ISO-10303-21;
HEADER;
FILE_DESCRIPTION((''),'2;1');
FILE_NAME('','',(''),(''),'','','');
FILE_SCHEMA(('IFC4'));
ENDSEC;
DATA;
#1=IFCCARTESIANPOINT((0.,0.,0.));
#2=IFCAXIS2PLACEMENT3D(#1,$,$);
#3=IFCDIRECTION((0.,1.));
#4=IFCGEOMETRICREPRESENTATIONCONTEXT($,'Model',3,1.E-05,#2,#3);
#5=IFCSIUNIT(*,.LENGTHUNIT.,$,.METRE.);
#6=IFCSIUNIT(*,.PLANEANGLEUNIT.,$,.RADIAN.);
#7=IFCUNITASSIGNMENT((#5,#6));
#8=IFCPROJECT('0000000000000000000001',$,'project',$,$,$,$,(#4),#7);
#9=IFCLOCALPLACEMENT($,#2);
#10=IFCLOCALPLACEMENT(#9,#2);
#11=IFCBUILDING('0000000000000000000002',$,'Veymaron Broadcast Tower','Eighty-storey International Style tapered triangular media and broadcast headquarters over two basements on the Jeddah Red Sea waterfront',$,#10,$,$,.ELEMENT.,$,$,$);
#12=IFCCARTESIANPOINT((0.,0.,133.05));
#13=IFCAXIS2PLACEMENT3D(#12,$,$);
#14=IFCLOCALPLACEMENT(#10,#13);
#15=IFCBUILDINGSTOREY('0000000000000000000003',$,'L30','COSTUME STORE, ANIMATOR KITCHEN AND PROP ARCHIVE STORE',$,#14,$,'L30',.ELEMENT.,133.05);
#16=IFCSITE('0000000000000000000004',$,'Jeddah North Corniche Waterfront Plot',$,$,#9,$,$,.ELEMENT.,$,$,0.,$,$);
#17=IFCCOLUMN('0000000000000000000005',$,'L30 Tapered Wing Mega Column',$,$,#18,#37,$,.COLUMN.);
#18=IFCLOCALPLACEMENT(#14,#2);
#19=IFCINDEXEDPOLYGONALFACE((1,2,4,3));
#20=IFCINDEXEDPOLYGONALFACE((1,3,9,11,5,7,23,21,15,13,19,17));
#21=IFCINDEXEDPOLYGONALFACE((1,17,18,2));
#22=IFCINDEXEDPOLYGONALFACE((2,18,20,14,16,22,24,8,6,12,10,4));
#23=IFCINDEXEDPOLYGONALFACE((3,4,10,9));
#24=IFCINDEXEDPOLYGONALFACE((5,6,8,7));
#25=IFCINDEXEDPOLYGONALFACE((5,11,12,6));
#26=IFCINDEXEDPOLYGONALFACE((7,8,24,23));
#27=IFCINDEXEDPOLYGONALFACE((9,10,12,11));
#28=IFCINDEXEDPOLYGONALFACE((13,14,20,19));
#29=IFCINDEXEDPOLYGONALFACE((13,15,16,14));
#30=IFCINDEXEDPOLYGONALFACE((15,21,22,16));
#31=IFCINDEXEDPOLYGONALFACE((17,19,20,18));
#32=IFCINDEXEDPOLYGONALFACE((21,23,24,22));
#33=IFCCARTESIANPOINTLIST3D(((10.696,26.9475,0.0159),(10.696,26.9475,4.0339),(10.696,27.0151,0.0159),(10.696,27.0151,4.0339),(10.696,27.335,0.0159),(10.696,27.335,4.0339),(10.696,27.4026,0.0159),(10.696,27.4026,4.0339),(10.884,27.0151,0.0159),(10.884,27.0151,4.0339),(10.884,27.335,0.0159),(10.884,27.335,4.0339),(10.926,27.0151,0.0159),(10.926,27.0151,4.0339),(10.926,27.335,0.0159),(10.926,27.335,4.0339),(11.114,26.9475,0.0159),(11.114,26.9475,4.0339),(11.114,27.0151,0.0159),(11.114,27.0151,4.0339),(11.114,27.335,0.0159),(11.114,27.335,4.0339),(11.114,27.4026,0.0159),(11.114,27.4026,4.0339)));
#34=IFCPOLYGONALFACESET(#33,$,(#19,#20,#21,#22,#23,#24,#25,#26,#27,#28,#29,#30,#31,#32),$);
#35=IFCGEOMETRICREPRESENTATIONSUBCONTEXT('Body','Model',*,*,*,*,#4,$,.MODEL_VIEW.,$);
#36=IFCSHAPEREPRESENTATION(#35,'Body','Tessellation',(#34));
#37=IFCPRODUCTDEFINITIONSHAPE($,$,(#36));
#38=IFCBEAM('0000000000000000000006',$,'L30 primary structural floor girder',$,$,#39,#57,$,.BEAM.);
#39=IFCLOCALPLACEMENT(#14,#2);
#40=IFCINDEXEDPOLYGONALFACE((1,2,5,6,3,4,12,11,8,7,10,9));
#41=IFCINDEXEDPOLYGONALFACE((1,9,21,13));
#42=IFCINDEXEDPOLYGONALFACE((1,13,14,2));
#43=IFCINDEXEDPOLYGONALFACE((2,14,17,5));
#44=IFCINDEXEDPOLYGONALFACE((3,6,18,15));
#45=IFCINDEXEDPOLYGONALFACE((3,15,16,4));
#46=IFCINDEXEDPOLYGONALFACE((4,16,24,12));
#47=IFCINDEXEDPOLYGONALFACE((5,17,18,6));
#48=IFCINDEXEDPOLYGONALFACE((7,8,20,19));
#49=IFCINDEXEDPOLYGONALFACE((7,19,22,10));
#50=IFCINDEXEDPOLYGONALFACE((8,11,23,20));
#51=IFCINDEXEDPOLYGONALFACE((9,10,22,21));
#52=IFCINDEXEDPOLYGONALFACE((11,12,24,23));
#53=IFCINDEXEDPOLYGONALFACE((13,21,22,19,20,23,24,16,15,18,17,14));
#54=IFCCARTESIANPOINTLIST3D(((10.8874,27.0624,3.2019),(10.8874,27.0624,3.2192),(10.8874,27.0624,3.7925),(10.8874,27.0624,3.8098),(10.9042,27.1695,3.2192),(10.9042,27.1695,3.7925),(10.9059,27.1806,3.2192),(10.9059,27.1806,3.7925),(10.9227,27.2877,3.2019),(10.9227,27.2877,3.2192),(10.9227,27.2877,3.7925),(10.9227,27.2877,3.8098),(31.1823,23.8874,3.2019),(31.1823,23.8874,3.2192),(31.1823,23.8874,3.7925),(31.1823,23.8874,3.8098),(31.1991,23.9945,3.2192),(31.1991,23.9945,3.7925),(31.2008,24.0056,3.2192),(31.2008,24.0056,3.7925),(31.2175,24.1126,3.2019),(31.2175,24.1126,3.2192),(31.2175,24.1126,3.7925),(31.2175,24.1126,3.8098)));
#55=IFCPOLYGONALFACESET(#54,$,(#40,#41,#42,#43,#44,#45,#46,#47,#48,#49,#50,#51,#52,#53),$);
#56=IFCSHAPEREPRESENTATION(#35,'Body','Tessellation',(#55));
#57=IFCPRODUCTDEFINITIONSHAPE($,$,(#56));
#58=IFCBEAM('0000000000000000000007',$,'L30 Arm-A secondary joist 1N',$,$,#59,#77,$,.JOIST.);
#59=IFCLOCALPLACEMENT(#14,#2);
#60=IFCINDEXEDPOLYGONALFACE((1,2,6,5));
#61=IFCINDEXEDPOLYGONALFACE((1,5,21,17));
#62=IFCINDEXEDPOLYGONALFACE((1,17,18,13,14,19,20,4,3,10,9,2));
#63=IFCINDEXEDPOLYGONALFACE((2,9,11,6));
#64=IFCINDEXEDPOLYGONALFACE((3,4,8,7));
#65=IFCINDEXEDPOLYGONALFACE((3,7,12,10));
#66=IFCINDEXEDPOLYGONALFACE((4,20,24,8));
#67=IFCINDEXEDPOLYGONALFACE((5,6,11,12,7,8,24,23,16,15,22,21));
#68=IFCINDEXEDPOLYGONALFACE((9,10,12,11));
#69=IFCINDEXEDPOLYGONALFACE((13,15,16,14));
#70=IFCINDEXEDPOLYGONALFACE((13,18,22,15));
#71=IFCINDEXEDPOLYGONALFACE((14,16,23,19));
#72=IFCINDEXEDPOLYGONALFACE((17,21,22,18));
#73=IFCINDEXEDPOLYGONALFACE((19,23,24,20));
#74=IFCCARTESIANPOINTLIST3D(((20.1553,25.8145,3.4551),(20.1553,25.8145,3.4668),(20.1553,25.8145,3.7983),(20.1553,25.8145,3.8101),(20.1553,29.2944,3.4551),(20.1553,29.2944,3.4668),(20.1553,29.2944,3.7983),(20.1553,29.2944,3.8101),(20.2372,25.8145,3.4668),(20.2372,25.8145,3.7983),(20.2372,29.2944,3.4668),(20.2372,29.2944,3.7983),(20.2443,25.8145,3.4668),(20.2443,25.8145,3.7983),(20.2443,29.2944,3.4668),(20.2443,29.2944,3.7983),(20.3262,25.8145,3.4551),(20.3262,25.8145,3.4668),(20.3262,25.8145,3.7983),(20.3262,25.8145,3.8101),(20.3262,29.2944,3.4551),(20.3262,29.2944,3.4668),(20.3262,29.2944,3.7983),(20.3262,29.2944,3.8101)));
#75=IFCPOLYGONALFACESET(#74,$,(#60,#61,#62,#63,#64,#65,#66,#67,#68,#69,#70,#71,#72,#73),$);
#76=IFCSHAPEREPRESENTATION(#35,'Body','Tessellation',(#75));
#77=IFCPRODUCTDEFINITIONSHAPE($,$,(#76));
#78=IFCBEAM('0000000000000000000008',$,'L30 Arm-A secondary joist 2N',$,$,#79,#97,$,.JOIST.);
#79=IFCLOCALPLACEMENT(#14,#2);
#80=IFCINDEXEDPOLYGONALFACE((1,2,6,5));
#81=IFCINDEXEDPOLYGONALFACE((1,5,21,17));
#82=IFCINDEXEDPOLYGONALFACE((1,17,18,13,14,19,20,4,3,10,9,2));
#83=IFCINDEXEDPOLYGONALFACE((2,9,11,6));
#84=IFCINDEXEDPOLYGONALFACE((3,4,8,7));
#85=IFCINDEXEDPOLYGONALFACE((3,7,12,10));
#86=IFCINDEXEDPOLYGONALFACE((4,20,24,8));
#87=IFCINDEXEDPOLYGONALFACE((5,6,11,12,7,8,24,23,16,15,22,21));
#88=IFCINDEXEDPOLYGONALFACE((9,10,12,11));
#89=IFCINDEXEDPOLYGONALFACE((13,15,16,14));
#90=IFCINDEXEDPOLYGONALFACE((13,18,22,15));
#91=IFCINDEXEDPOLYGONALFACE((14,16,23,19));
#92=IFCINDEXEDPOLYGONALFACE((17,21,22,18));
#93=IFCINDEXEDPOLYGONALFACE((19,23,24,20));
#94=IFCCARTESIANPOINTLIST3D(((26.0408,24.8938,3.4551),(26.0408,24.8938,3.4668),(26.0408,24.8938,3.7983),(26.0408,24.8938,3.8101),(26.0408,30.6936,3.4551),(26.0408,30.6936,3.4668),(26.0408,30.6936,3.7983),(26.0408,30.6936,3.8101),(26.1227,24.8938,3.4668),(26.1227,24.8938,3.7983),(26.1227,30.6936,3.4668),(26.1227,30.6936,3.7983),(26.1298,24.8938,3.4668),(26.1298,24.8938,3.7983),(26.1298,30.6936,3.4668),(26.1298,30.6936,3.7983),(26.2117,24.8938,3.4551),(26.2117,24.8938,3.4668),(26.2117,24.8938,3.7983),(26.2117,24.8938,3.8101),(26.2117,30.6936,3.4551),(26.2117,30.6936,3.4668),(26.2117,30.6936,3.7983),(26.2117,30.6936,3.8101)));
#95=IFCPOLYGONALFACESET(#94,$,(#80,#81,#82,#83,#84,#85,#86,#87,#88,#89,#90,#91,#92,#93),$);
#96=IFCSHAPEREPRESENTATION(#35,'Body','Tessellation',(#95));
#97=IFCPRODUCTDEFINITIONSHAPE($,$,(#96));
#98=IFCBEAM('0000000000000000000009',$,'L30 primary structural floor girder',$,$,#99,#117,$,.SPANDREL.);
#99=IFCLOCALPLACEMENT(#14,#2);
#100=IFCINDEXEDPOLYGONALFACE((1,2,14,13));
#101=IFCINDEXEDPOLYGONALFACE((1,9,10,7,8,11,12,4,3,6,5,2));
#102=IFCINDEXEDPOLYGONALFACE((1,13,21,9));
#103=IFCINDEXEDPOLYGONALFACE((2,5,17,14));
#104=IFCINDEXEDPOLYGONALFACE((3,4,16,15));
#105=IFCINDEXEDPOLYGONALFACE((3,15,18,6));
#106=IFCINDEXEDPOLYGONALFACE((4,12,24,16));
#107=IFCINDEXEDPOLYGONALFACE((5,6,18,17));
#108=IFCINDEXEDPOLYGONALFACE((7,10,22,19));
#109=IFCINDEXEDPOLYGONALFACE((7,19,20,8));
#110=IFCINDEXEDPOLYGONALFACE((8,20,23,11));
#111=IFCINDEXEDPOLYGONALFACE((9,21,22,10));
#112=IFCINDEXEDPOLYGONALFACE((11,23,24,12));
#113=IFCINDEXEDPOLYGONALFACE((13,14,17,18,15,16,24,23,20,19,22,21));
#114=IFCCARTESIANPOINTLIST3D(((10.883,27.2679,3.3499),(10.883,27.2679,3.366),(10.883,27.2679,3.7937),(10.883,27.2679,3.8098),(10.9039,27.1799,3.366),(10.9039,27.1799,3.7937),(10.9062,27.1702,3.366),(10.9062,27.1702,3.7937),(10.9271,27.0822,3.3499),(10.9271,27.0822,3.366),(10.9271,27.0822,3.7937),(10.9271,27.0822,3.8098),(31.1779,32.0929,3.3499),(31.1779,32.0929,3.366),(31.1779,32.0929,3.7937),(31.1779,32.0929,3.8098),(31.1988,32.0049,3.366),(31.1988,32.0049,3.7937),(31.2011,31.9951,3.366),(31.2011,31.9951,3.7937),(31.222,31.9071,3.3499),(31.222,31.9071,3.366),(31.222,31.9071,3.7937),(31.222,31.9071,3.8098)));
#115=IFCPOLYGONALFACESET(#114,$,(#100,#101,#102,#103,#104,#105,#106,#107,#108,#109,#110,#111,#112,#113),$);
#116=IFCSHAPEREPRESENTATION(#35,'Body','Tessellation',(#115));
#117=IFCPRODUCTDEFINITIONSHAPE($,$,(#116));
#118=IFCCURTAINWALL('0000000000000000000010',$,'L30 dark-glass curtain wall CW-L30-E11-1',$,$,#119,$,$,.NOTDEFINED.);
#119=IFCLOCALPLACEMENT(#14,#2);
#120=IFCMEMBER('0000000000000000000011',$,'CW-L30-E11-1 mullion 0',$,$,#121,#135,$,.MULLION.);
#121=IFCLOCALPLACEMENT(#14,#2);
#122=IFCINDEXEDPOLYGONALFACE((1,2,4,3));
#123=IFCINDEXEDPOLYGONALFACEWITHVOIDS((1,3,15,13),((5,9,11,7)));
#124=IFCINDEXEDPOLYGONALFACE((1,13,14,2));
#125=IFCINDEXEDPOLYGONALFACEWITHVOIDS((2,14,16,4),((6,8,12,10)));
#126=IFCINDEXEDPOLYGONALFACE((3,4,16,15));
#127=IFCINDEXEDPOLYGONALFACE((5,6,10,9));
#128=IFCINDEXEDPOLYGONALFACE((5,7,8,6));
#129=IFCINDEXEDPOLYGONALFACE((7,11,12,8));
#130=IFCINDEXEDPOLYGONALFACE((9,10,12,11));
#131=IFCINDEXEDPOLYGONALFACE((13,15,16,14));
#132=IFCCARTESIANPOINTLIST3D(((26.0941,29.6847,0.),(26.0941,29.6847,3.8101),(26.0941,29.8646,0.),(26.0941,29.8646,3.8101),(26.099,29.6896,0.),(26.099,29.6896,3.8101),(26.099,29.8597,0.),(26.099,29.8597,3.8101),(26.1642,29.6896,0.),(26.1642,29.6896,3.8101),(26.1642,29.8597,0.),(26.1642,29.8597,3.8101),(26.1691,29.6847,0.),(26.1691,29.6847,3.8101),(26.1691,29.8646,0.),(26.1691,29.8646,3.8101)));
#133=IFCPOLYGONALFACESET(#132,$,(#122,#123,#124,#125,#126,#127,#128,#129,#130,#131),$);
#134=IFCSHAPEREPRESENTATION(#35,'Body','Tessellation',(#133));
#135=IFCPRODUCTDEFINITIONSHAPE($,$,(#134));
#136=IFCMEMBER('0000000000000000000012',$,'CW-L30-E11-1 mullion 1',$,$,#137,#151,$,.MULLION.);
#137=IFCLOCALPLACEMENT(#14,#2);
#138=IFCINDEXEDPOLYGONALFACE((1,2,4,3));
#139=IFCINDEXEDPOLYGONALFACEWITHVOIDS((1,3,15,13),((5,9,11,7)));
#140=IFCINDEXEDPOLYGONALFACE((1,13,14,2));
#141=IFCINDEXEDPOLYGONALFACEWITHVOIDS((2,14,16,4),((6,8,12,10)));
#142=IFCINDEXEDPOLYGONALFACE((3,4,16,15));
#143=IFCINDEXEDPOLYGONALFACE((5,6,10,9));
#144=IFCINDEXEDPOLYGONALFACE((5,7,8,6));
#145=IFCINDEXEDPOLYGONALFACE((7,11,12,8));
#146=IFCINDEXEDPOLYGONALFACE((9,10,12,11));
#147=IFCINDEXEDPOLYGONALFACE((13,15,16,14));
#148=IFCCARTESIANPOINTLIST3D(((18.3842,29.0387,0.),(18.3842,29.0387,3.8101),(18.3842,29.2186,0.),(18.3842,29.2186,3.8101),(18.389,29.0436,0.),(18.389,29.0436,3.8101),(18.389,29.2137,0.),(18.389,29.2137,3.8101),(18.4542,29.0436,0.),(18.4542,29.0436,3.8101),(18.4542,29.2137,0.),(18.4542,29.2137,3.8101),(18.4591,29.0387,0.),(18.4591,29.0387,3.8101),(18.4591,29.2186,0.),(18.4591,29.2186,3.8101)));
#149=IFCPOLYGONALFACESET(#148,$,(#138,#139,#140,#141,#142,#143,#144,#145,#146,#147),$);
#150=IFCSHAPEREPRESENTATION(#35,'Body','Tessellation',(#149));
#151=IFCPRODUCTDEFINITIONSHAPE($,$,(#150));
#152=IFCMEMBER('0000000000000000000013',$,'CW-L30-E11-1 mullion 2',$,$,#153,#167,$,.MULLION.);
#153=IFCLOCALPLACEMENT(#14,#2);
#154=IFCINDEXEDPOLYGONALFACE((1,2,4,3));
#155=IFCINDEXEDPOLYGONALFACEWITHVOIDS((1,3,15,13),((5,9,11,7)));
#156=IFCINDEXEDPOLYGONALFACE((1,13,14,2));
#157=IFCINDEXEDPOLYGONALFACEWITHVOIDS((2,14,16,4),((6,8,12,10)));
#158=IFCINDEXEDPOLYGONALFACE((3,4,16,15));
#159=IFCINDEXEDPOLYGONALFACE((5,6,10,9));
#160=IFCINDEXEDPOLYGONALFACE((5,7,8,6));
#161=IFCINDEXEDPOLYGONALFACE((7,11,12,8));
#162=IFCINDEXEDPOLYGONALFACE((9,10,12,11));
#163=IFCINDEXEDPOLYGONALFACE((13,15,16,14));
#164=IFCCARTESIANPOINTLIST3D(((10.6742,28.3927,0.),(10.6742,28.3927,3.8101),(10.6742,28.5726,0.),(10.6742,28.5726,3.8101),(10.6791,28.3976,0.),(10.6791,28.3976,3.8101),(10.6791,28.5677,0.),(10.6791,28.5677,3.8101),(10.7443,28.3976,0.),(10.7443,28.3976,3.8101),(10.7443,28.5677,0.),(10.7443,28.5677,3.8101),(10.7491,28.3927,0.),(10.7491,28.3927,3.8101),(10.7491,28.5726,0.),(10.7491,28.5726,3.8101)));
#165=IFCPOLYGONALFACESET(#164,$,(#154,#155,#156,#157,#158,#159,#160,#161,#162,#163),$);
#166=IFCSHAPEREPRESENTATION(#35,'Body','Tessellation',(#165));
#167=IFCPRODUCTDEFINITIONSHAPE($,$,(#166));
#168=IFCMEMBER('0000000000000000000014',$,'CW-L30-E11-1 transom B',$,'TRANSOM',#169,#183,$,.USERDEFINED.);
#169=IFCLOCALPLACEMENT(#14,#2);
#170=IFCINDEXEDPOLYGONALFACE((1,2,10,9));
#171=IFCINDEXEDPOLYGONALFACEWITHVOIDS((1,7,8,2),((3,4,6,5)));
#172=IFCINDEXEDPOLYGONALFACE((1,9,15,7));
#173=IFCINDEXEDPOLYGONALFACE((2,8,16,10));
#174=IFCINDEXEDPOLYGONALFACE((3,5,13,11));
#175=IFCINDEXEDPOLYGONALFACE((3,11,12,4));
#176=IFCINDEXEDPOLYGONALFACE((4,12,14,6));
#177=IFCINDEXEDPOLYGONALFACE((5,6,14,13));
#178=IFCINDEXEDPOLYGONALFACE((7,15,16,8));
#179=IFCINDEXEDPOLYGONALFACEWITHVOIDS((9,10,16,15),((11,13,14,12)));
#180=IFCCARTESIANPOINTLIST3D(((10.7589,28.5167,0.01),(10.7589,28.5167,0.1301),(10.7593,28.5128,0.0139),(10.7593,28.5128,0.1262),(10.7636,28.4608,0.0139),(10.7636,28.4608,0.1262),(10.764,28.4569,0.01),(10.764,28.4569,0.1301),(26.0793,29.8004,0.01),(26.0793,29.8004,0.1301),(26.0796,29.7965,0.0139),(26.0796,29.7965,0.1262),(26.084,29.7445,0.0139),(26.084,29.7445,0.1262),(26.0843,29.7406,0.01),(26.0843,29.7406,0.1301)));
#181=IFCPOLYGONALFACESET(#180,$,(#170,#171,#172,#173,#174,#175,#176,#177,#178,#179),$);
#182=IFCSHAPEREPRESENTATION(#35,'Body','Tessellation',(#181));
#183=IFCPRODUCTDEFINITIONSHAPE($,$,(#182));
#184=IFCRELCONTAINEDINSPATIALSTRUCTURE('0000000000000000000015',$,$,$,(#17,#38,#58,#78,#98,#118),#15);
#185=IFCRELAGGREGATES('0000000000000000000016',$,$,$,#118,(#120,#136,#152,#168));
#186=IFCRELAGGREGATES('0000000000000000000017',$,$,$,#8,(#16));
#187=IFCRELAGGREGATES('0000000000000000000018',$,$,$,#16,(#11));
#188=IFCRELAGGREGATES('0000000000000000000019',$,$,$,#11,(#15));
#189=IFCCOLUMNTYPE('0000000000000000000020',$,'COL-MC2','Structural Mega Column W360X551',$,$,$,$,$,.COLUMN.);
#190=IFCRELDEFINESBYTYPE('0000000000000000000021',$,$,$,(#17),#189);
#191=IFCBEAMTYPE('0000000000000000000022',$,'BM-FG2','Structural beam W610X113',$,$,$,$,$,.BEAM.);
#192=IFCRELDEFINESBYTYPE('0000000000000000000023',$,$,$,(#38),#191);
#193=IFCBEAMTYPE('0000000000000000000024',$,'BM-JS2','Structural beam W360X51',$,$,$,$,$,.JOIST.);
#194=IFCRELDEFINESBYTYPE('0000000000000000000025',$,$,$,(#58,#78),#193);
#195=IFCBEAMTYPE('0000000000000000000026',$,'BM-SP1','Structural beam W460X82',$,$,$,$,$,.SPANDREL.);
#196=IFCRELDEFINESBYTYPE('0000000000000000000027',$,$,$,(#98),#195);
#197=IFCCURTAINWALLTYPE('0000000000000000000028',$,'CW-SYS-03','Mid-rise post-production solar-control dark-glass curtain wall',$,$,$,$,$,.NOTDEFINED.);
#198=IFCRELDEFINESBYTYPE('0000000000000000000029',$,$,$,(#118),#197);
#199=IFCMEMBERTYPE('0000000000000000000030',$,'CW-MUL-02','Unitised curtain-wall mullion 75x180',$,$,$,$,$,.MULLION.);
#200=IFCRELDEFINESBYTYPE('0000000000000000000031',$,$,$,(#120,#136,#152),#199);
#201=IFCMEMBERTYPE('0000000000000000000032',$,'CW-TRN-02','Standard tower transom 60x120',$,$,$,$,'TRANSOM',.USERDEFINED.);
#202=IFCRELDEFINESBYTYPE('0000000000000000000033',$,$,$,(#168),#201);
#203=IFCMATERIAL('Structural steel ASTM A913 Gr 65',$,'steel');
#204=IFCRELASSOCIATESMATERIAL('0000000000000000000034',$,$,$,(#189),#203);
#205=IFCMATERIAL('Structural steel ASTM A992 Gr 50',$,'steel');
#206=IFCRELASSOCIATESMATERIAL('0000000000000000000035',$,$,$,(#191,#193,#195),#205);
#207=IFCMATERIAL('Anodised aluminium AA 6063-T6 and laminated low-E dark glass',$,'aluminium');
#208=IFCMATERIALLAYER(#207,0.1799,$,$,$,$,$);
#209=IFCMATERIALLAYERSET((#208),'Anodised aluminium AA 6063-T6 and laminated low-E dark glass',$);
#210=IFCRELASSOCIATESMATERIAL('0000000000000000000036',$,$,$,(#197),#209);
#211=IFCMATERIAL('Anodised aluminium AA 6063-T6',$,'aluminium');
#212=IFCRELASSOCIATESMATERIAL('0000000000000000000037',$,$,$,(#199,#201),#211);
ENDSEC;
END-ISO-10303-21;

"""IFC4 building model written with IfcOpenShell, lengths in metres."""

from ifc_helpers import new_model, si_unit, direction, frame, origin, origin_2d, place, context, subcontext, project, spatial, hollow_rectangle, i_section, extrude, material, layer, layer_set, material_profile, profile_set, type_object, element, aggregate, save


model = new_model("IFC4")

# Units and contexts
model_context = context("Model", 3, precision=1e-05, world=origin(), true_north=direction((0.0, 1.0)))
body_context = subcontext(model_context, "Body", "Model", "MODEL_VIEW")
ifc_project = project(units=[si_unit("LENGTHUNIT", "METRE"), si_unit("PLANEANGLEUNIT", "RADIAN")], contexts=[model_context])

# Site, building, storey
site_placement = place(None, origin())
site = spatial("IfcSite", under=ifc_project, at=site_placement, Name="Jeddah North Corniche Waterfront Plot", CompositionType="ELEMENT", RefElevation=0.0)
building_placement = place(site_placement, origin())
building = spatial("IfcBuilding", under=site, at=building_placement, Name="Veymaron Broadcast Tower", Description="Eighty-storey International Style tapered triangular media and broadcast headquarters over two basements on the Jeddah Red Sea waterfront", CompositionType="ELEMENT")
storey_placement = place(building_placement, frame((0.0, 0.0, 133.05)))
storey = spatial("IfcBuildingStorey", under=building, at=storey_placement, Name="L30", Description="COSTUME STORE, ANIMATOR KITCHEN AND PROP ARCHIVE STORE", LongName="L30", CompositionType="ELEMENT", Elevation=133.05)

# Column
ifc_material_1 = material(Name="Structural steel ASTM A913 Gr 65", Category="steel")
ifc_material_profile_1 = material_profile(ifc_material_1, i_section(OverallWidth=0.418, OverallDepth=0.4551, WebThickness=0.042, FlangeThickness=0.0676, at=origin_2d()), Name="W360X551")
ifc_profile_set_1 = profile_set([ifc_material_profile_1], Name="Structural steel ASTM A913 Gr 65")
column_type = type_object("IfcColumnType", Name="COL-MC2", Description="Structural Mega Column W360X551", PredefinedType="COLUMN", material=ifc_profile_set_1)
column_placement = place(storey_placement, frame((10.905, 27.175, 0.0159), z_axis=(0.0, 0.0, 1.0), x_axis=(1.0, 0.0, 0.0)))
element("IfcColumn", 1, at=column_placement, inside=storey, type_object=column_type, Name="L30 Tapered Wing Mega Column", PredefinedType="COLUMN", context=body_context, shape_type="SweptSolid", body=[
    extrude(i_section(OverallWidth=0.418, OverallDepth=0.4551, WebThickness=0.042, FlangeThickness=0.0676, at=origin_2d()), origin(), (0.0, 0.0, 1.0), 4.0181),
])

# Beams
ifc_material_2 = material(Name="Structural steel ASTM A992 Gr 50", Category="steel")
ifc_material_profile_2 = material_profile(ifc_material_2, i_section(OverallWidth=0.228, OverallDepth=0.6079, WebThickness=0.0112, FlangeThickness=0.0173, at=origin_2d()), Name="W610X113")
ifc_profile_set_2 = profile_set([ifc_material_profile_2], Name="Structural steel ASTM A992 Gr 50")
beam_type_1 = type_object("IfcBeamType", Name="BM-FG2", Description="Structural beam W610X113", PredefinedType="BEAM", material=ifc_profile_set_2)
beam_1_placement = place(storey_placement, frame((10.905, 27.175, 3.5059), z_axis=(0.987983, -0.154565, 0.0), x_axis=(0.154565, 0.987983, 0.0)))
element("IfcBeam", 2, at=beam_1_placement, inside=storey, type_object=beam_type_1, Name="L30 primary structural floor girder", PredefinedType="BEAM", context=body_context, shape_type="SweptSolid", body=[
    extrude(i_section(OverallWidth=0.228, OverallDepth=0.6079, WebThickness=0.0112, FlangeThickness=0.0173, at=origin_2d()), origin(), (0.0, 0.0, 1.0), 20.5417),
])
ifc_material_profile_3 = material_profile(ifc_material_2, i_section(OverallWidth=0.1709, OverallDepth=0.355, WebThickness=0.0071, FlangeThickness=0.0117, at=origin_2d()), Name="W360X51")
ifc_profile_set_3 = profile_set([ifc_material_profile_3], Name="Structural steel ASTM A992 Gr 50")
beam_type_2 = type_object("IfcBeamType", Name="BM-JS2", Description="Structural beam W360X51", PredefinedType="JOIST", material=ifc_profile_set_3)
beam_2_placement = place(storey_placement, frame((20.2407, 25.8145, 3.6326), z_axis=(0.0, 1.0, 0.0), x_axis=(-1.0, 0.0, 0.0)))
element("IfcBeam", 3, at=beam_2_placement, inside=storey, type_object=beam_type_2, Name="L30 Arm-A secondary joist 1N", PredefinedType="JOIST", context=body_context, shape_type="SweptSolid", body=[
    extrude(i_section(OverallWidth=0.1709, OverallDepth=0.355, WebThickness=0.0071, FlangeThickness=0.0117, at=origin_2d()), origin(), (0.0, 0.0, 1.0), 3.48),
])
beam_3_placement = place(storey_placement, frame((26.1262, 24.8938, 3.6326), z_axis=(0.0, 1.0, 0.0), x_axis=(-1.0, 0.0, 0.0)))
element("IfcBeam", 4, at=beam_3_placement, inside=storey, type_object=beam_type_2, Name="L30 Arm-A secondary joist 2N", PredefinedType="JOIST", context=body_context, shape_type="SweptSolid", body=[
    extrude(i_section(OverallWidth=0.1709, OverallDepth=0.355, WebThickness=0.0071, FlangeThickness=0.0117, at=origin_2d()), origin(), (0.0, 0.0, 1.0), 5.7998),
])
ifc_material_profile_4 = material_profile(ifc_material_2, i_section(OverallWidth=0.1909, OverallDepth=0.46, WebThickness=0.01, FlangeThickness=0.0161, at=origin_2d()), Name="W460X82")
ifc_profile_set_4 = profile_set([ifc_material_profile_4], Name="Structural steel ASTM A992 Gr 50")
beam_type_3 = type_object("IfcBeamType", Name="BM-SP1", Description="Structural beam W460X82", PredefinedType="SPANDREL", material=ifc_profile_set_4)
beam_4_placement = place(storey_placement, frame((10.905, 27.175, 3.5798), z_axis=(0.972884, 0.231295, 0.0), x_axis=(-0.231295, 0.972884, 0.0)))
element("IfcBeam", 5, at=beam_4_placement, inside=storey, type_object=beam_type_3, Name="L30 primary structural floor girder", PredefinedType="SPANDREL", context=body_context, shape_type="SweptSolid", body=[
    extrude(i_section(OverallWidth=0.1909, OverallDepth=0.46, WebThickness=0.01, FlangeThickness=0.0161, at=origin_2d()), origin(), (0.0, 0.0, 1.0), 20.8606),
])

# Curtain wall, members
ifc_material_3 = material(Name="Anodised aluminium AA 6063-T6 and laminated low-E dark glass", Category="aluminium")
ifc_layer_1 = layer(ifc_material_3, 0.1799)
ifc_layer_set_1 = layer_set([ifc_layer_1], Name="Anodised aluminium AA 6063-T6 and laminated low-E dark glass")
curtain_wall_type = type_object("IfcCurtainWallType", Name="CW-SYS-03", Description="Mid-rise post-production solar-control dark-glass curtain wall", PredefinedType="NOTDEFINED", material=ifc_layer_set_1)
curtain_wall_placement = place(storey_placement, origin())
curtain_wall = element("IfcCurtainWall", 6, at=curtain_wall_placement, inside=storey, type_object=curtain_wall_type, Name="L30 dark-glass curtain wall CW-L30-E11-1", PredefinedType="NOTDEFINED")
ifc_material_4 = material(Name="Anodised aluminium AA 6063-T6", Category="aluminium")
ifc_material_profile_5 = material_profile(ifc_material_4, hollow_rectangle(XDim=0.075, YDim=0.1799, WallThickness=0.0049, at=origin_2d()), Name="AL180X75X5")
ifc_profile_set_5 = profile_set([ifc_material_profile_5], Name="Anodised aluminium AA 6063-T6")
member_type_1 = type_object("IfcMemberType", Name="CW-MUL-02", Description="Unitised curtain-wall mullion 75x180", PredefinedType="MULLION", material=ifc_profile_set_5)
member_1_placement = place(storey_placement, frame((26.1316, 29.7747, 0.0), z_axis=(0.0, 0.0, 1.0), x_axis=(1.0, 0.0, 0.0)))
member_1 = element("IfcMember", 7, at=member_1_placement, type_object=member_type_1, Name="CW-L30-E11-1 mullion 0", PredefinedType="MULLION", context=body_context, shape_type="SweptSolid", body=[
    extrude(hollow_rectangle(XDim=0.075, YDim=0.1799, WallThickness=0.0049, at=origin_2d()), origin(), (0.0, 0.0, 1.0), 3.8101),
])
member_2_placement = place(storey_placement, frame((18.4216, 29.1287, 0.0), z_axis=(0.0, 0.0, 1.0), x_axis=(1.0, 0.0, 0.0)))
member_2 = element("IfcMember", 8, at=member_2_placement, type_object=member_type_1, Name="CW-L30-E11-1 mullion 1", PredefinedType="MULLION", context=body_context, shape_type="SweptSolid", body=[
    extrude(hollow_rectangle(XDim=0.075, YDim=0.1799, WallThickness=0.0049, at=origin_2d()), origin(), (0.0, 0.0, 1.0), 3.8101),
])
member_3_placement = place(storey_placement, frame((10.7117, 28.4827, 0.0), z_axis=(0.0, 0.0, 1.0), x_axis=(1.0, 0.0, 0.0)))
member_3 = element("IfcMember", 9, at=member_3_placement, type_object=member_type_1, Name="CW-L30-E11-1 mullion 2", PredefinedType="MULLION", context=body_context, shape_type="SweptSolid", body=[
    extrude(hollow_rectangle(XDim=0.075, YDim=0.1799, WallThickness=0.0049, at=origin_2d()), origin(), (0.0, 0.0, 1.0), 3.8101),
])
ifc_material_profile_6 = material_profile(ifc_material_4, hollow_rectangle(XDim=0.0601, YDim=0.1201, WallThickness=0.0039, at=origin_2d()), Name="AL120X60X4")
ifc_profile_set_6 = profile_set([ifc_material_profile_6], Name="Anodised aluminium AA 6063-T6")
member_type_2 = type_object("IfcMemberType", Name="CW-TRN-02", Description="Standard tower transom 60x120", ElementType="TRANSOM", PredefinedType="USERDEFINED", material=ifc_profile_set_6)
member_4_placement = place(storey_placement, frame((26.0818, 29.7705, 0.0701), z_axis=(-0.996508, -0.083498, 0.0), x_axis=(0.083498, -0.996508, 0.0)))
member_4 = element("IfcMember", 10, at=member_4_placement, type_object=member_type_2, Name="CW-L30-E11-1 transom B", ObjectType="TRANSOM", PredefinedType="USERDEFINED", context=body_context, shape_type="SweptSolid", body=[
    extrude(hollow_rectangle(XDim=0.0601, YDim=0.1201, WallThickness=0.0039, at=origin_2d()), origin(), (0.0, 0.0, 1.0), 15.374),
])
aggregate(curtain_wall, [member_1, member_2, member_3, member_4])

save(model, "model.ifc")
